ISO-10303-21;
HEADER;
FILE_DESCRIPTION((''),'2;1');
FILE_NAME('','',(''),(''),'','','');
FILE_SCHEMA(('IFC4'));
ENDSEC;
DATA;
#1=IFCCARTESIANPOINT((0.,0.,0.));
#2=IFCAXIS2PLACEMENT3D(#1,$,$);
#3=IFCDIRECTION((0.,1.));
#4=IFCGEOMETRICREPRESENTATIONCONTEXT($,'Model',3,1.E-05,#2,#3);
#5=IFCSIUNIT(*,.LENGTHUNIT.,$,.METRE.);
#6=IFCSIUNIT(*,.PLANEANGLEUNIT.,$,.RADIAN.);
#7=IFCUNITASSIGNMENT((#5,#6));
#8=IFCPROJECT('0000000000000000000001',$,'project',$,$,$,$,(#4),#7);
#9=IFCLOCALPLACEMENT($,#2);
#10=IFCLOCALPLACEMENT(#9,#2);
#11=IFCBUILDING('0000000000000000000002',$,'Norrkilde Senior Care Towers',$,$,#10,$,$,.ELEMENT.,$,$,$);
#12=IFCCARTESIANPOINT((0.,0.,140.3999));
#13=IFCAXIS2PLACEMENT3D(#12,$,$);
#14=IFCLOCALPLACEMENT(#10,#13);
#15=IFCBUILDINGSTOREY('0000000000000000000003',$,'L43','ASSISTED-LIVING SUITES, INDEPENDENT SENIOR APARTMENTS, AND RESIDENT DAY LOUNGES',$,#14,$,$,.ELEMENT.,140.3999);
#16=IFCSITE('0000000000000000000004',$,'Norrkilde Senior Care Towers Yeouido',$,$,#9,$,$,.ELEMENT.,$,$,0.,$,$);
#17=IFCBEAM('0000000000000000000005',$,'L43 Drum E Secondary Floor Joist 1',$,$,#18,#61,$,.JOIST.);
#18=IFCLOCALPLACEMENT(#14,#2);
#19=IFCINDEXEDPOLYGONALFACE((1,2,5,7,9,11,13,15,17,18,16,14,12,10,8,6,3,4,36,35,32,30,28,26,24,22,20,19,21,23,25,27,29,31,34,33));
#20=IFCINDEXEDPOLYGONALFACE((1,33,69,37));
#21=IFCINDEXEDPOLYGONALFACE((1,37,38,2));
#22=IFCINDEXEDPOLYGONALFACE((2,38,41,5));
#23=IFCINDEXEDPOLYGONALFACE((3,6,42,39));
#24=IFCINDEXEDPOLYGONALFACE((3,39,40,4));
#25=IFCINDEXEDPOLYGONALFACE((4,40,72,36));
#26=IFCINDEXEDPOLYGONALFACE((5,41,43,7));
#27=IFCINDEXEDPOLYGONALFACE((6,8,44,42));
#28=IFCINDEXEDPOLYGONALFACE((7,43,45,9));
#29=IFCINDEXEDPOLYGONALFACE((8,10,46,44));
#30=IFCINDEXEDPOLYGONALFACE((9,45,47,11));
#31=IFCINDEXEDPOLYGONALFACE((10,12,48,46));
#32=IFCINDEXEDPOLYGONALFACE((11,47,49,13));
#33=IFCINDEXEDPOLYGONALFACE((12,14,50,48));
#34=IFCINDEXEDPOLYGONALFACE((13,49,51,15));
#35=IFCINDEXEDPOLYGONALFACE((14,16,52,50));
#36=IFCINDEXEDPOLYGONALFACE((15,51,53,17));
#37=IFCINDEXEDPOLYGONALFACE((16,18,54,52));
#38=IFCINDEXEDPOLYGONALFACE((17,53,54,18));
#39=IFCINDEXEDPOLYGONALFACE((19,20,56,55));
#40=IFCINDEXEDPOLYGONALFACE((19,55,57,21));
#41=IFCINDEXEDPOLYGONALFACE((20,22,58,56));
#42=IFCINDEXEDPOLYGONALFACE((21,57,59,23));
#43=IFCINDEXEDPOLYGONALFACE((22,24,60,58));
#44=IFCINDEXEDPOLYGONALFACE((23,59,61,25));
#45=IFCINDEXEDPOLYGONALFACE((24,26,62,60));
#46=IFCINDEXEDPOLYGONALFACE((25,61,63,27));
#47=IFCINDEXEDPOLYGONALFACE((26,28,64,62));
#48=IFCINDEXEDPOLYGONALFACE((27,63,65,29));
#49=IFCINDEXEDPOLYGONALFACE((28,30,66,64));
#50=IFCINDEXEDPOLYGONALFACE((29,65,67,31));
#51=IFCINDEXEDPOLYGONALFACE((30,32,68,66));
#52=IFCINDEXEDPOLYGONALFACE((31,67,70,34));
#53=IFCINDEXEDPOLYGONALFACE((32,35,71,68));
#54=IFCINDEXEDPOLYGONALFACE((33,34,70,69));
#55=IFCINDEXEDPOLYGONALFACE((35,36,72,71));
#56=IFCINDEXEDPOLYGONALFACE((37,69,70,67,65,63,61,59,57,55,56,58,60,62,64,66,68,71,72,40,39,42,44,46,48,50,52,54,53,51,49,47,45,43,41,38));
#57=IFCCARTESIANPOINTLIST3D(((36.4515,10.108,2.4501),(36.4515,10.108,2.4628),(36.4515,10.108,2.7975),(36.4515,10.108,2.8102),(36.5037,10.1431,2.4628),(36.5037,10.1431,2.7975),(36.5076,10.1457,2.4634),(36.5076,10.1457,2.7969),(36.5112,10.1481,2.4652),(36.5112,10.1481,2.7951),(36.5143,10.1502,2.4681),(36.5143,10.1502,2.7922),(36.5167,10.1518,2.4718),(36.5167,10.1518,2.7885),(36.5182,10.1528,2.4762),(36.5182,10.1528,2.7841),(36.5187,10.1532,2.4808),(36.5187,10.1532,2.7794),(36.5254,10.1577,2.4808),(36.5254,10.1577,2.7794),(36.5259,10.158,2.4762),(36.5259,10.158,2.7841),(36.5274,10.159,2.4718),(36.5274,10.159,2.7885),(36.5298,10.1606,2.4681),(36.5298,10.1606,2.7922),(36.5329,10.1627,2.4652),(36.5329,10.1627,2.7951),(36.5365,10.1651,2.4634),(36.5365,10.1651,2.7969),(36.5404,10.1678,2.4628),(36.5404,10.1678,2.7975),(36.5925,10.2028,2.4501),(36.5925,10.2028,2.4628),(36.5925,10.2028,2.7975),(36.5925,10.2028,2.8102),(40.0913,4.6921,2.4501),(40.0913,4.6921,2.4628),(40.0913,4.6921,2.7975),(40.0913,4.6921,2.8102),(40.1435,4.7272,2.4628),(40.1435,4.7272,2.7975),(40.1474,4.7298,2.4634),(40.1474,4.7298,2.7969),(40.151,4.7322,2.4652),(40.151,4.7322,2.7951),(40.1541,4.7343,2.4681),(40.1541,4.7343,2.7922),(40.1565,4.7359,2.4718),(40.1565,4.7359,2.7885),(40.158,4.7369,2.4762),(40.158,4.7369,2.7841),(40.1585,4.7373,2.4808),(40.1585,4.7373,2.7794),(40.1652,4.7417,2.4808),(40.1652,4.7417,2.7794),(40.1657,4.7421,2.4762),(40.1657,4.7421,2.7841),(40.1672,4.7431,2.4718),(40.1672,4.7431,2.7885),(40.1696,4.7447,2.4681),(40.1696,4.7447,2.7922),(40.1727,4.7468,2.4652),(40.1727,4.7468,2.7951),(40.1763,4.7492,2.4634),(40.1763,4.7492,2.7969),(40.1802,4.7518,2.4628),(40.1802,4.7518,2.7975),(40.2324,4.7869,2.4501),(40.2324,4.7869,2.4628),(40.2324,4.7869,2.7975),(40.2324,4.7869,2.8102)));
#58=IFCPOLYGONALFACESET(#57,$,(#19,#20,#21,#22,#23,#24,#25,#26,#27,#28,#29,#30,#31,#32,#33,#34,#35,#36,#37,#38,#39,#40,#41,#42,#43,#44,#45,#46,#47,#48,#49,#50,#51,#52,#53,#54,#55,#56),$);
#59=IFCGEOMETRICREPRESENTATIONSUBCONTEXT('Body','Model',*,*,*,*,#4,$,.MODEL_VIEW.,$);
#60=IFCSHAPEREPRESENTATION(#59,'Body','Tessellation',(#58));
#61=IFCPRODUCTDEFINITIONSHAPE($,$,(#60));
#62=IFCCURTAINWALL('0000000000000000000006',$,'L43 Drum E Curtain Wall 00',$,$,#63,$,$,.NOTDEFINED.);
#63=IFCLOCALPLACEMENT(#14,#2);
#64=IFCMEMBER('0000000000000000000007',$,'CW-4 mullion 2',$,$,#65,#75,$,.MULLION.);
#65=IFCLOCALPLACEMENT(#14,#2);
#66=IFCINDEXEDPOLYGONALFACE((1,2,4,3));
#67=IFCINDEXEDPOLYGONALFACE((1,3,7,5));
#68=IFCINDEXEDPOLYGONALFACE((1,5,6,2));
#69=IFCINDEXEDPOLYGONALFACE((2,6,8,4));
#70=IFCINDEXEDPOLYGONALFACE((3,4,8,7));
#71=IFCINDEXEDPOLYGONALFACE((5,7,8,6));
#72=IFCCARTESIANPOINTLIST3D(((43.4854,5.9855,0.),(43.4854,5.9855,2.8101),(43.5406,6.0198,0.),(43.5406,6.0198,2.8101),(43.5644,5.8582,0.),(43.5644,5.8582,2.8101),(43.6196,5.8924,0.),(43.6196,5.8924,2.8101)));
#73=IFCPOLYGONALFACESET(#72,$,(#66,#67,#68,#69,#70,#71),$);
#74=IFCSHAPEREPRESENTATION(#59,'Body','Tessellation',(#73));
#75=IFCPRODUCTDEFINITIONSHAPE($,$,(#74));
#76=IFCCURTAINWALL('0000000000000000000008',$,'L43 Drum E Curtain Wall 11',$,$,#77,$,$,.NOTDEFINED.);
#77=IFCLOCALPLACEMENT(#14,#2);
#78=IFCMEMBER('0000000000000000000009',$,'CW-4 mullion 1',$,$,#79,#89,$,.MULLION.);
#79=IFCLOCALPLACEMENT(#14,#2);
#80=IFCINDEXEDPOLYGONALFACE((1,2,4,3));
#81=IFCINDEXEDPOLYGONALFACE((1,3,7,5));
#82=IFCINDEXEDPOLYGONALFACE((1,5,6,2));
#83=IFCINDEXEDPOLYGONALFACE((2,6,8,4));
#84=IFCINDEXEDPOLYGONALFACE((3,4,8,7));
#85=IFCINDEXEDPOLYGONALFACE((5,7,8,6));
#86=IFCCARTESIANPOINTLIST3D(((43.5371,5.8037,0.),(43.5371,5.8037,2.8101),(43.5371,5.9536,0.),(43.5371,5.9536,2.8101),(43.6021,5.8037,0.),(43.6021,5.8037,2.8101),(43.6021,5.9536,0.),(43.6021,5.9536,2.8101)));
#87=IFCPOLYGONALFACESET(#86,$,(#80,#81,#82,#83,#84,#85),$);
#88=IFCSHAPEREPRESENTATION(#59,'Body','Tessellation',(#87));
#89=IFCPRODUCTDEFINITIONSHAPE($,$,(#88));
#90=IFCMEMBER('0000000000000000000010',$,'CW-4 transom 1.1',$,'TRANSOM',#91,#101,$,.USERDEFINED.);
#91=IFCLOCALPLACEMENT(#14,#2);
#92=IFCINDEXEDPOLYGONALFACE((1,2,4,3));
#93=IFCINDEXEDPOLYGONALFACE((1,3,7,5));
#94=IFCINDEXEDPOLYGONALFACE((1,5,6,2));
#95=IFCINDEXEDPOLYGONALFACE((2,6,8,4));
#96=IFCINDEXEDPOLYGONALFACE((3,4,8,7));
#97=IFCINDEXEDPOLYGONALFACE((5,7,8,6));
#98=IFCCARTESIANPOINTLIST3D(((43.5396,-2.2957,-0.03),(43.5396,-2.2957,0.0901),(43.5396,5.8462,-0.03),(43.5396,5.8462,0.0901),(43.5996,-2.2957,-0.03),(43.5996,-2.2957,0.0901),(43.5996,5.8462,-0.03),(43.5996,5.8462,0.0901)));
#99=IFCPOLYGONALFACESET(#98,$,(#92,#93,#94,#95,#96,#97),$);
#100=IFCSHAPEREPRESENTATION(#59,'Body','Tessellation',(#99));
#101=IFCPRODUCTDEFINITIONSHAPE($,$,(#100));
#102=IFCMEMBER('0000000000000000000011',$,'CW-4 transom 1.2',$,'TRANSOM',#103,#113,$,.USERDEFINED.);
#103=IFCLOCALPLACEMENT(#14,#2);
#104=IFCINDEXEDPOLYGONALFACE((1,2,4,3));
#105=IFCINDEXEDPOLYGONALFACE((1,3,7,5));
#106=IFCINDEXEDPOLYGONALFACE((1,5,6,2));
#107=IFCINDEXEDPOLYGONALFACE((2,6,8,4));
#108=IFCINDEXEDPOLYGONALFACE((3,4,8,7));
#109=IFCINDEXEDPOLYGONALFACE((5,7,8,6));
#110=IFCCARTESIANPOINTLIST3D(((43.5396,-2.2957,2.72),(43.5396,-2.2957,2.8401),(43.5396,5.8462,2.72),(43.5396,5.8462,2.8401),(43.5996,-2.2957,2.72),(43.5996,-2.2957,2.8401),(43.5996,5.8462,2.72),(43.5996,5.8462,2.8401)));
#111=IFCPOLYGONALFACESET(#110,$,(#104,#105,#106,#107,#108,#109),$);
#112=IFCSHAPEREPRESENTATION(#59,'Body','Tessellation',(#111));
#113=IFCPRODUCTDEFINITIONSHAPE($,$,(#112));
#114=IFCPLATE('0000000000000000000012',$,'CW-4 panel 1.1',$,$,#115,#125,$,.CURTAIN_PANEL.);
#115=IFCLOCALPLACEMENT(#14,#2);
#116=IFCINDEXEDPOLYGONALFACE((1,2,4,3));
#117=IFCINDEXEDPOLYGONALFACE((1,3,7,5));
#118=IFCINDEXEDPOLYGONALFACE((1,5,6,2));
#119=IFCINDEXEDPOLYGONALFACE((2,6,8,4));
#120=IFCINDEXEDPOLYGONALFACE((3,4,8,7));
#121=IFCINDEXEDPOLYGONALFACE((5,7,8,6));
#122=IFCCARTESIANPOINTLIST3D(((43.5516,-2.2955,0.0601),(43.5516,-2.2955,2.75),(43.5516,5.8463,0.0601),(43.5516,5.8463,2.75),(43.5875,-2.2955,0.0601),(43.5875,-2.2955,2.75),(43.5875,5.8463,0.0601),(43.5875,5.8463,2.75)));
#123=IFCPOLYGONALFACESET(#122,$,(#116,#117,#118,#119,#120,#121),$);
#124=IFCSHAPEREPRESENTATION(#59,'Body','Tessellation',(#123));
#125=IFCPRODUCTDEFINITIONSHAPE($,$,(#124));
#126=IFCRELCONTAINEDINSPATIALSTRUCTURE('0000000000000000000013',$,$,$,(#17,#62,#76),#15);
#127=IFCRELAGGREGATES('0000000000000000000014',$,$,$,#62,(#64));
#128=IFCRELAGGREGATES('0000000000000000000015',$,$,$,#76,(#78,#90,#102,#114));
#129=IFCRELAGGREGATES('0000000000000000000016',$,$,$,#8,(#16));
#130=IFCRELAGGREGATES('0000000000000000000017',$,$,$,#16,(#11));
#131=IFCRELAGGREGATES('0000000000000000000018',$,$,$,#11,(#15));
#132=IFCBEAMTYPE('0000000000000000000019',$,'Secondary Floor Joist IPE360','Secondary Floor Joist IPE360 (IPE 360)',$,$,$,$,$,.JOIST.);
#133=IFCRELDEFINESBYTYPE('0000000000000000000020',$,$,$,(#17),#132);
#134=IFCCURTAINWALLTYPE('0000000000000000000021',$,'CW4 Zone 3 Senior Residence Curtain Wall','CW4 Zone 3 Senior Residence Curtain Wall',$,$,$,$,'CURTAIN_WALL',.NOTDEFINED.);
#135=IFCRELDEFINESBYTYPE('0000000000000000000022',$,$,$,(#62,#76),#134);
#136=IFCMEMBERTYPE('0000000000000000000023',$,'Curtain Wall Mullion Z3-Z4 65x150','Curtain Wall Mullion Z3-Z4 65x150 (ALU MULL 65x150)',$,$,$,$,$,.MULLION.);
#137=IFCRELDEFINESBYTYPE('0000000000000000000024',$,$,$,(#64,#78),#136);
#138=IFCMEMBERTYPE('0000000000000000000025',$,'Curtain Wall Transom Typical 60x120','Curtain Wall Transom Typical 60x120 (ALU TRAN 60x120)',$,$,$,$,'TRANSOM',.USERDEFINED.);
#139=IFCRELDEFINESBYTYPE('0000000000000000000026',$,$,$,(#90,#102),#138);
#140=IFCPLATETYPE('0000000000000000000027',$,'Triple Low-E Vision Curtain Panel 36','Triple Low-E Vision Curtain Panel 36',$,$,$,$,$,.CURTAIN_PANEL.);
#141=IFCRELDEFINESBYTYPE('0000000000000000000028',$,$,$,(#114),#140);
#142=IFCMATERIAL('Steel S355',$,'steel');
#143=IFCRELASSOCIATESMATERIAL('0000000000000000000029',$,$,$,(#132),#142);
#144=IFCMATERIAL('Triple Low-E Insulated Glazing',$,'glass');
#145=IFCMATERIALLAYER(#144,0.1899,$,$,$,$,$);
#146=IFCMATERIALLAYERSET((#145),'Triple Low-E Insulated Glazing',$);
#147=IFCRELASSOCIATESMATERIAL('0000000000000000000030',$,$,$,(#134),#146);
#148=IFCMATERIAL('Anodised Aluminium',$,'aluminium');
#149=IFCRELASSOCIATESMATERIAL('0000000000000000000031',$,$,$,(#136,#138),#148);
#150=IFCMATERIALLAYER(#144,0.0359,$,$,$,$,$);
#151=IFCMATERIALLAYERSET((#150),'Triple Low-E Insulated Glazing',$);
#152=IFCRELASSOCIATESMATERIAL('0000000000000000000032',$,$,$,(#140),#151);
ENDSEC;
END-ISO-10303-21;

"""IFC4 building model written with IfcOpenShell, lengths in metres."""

from ifc_helpers import new_model, si_unit, direction, frame, origin, origin_2d, place, context, subcontext, project, spatial, rectangle, i_section, extrude, source, transform, mapped, material, layer, layer_set, material_profile, profile_set, type_object, type_shapes, element, aggregate, save


model = new_model("IFC4")

# Units and contexts
model_context = context("Model", 3, precision=1e-05, world=origin(), true_north=direction((0.0, 1.0)))
body_context = subcontext(model_context, "Body", "Model", "MODEL_VIEW")
ifc_project = project(units=[si_unit("LENGTHUNIT", "METRE"), si_unit("PLANEANGLEUNIT", "RADIAN")], contexts=[model_context])

# Site, building, storey
site_placement = place(None, origin())
site = spatial("IfcSite", under=ifc_project, at=site_placement, Name="Norrkilde Senior Care Towers Yeouido", CompositionType="ELEMENT", RefElevation=0.0)
building_placement = place(site_placement, origin())
building = spatial("IfcBuilding", under=site, at=building_placement, Name="Norrkilde Senior Care Towers", CompositionType="ELEMENT")
storey_placement = place(building_placement, frame((0.0, 0.0, 140.3999)))
storey = spatial("IfcBuildingStorey", under=building, at=storey_placement, Name="L43", Description="ASSISTED-LIVING SUITES, INDEPENDENT SENIOR APARTMENTS, AND RESIDENT DAY LOUNGES", CompositionType="ELEMENT", Elevation=140.3999)

# Beam
ifc_material_1 = material(Name="Steel S355", Category="steel")
ifc_material_profile_1 = material_profile(ifc_material_1, i_section(OverallWidth=0.1699, OverallDepth=0.3601, WebThickness=0.0081, FlangeThickness=0.0127, FilletRadius=0.0181, at=origin_2d()), Name="IPE 360")
ifc_profile_set_1 = profile_set([ifc_material_profile_1], Name="Steel S355")
beam_type_1 = type_object("IfcBeamType", Name="Secondary Floor Joist IPE360", Description="Secondary Floor Joist IPE360 (IPE 360)", PredefinedType="JOIST", material=ifc_profile_set_1)
shared_shape_1 = source(origin(), body_context, "Body", "SweptSolid", [
    extrude(i_section(OverallWidth=0.1699, OverallDepth=0.3601, WebThickness=0.0081, FlangeThickness=0.0127, FilletRadius=0.0181, at=origin_2d()), origin(), (0.0, 0.0, 1.0), 6.5254),
])
type_shapes(beam_type_1, [shared_shape_1])
beam_1_placement = place(storey_placement, frame((40.1619, 4.7395, 2.6301), z_axis=(-0.557796, 0.829978, 0.0), x_axis=(-0.829978, -0.557796, 0.0)))
element("IfcBeam", 1, at=beam_1_placement, inside=storey, type_object=beam_type_1, Name="L43 Drum E Secondary Floor Joist 1", PredefinedType="JOIST", context=body_context, shape_type="MappedRepresentation", body=[
    mapped(shared_shape_1, transform((0.0, 0.0, 0.0), x_axis=(1.0, 0.0, 0.0), y_axis=(0.0, 1.0, 0.0), z_axis=(0.0, 0.0, 1.0), scale=1.0)),
])

# Curtain wall, member
ifc_material_2 = material(Name="Triple Low-E Insulated Glazing", Category="glass")
ifc_layer_1 = layer(ifc_material_2, 0.1899)
ifc_layer_set_1 = layer_set([ifc_layer_1], Name="Triple Low-E Insulated Glazing")
curtain_wall_type = type_object("IfcCurtainWallType", Name="CW4 Zone 3 Senior Residence Curtain Wall", Description="CW4 Zone 3 Senior Residence Curtain Wall", ElementType="CURTAIN_WALL", PredefinedType="NOTDEFINED", material=ifc_layer_set_1)
curtain_wall_1_placement = place(storey_placement, origin())
curtain_wall_1 = element("IfcCurtainWall", 2, at=curtain_wall_1_placement, inside=storey, type_object=curtain_wall_type, Name="L43 Drum E Curtain Wall 00", PredefinedType="NOTDEFINED")
ifc_material_3 = material(Name="Anodised Aluminium", Category="aluminium")
ifc_material_profile_2 = material_profile(ifc_material_3, rectangle(XDim=0.0649, YDim=0.1499, at=origin_2d()), Name="ALU MULL 65x150")
ifc_profile_set_2 = profile_set([ifc_material_profile_2], Name="Anodised Aluminium")
member_type_1 = type_object("IfcMemberType", Name="Curtain Wall Mullion Z3-Z4 65x150", Description="Curtain Wall Mullion Z3-Z4 65x150 (ALU MULL 65x150)", PredefinedType="MULLION", material=ifc_profile_set_2)
shared_shape_2 = source(origin(), body_context, "Body", "SweptSolid", [
    extrude(rectangle(XDim=0.0649, YDim=0.1499, at=origin_2d()), origin(), (0.0, 0.0, 1.0), 2.8101),
])
type_shapes(member_type_1, [shared_shape_2])
member_1_placement = place(storey_placement, frame((43.5525, 5.939, 0.0), z_axis=(0.0, 0.0, 1.0), x_axis=(0.849634, 0.527373, 0.0)))
member_1 = element("IfcMember", 3, at=member_1_placement, type_object=member_type_1, Name="CW-4 mullion 2", PredefinedType="MULLION", context=body_context, shape_type="MappedRepresentation", body=[
    mapped(shared_shape_2, transform((0.0, 0.0, 0.0), x_axis=(1.0, 0.0, 0.0), y_axis=(0.0, 1.0, 0.0), z_axis=(0.0, 0.0, 1.0), scale=1.0)),
])
aggregate(curtain_wall_1, [member_1])

# Curtain wall, members, plate
curtain_wall_2_placement = place(storey_placement, origin())
curtain_wall_2 = element("IfcCurtainWall", 4, at=curtain_wall_2_placement, inside=storey, type_object=curtain_wall_type, Name="L43 Drum E Curtain Wall 11", PredefinedType="NOTDEFINED")
member_2_placement = place(storey_placement, frame((43.5696, 5.8787, 0.0), z_axis=(0.0, 0.0, 1.0), x_axis=(1.0, 0.0, 0.0)))
member_2 = element("IfcMember", 5, at=member_2_placement, type_object=member_type_1, Name="CW-4 mullion 1", PredefinedType="MULLION", context=body_context, shape_type="MappedRepresentation", body=[
    mapped(shared_shape_2, transform((0.0, 0.0, 0.0), x_axis=(1.0, 0.0, 0.0), y_axis=(0.0, 1.0, 0.0), z_axis=(0.0, 0.0, 1.0), scale=1.0)),
])
ifc_material_profile_3 = material_profile(ifc_material_3, rectangle(XDim=0.0601, YDim=0.1201, at=origin_2d()), Name="ALU TRAN 60x120")
ifc_profile_set_3 = profile_set([ifc_material_profile_3], Name="Anodised Aluminium")
member_type_2 = type_object("IfcMemberType", Name="Curtain Wall Transom Typical 60x120", Description="Curtain Wall Transom Typical 60x120 (ALU TRAN 60x120)", ElementType="TRANSOM", PredefinedType="USERDEFINED", material=ifc_profile_set_3)
shared_shape_3 = source(origin(), body_context, "Body", "SweptSolid", [
    extrude(rectangle(XDim=0.0601, YDim=0.1201, at=origin_2d()), origin(), (0.0, 0.0, 1.0), 8.1418),
])
type_shapes(member_type_2, [shared_shape_3])
member_3_placement = place(storey_placement, frame((43.5696, 5.8462, 0.03), z_axis=(0.0, -1.0, 0.0), x_axis=(1.0, 0.0, 0.0)))
member_3 = element("IfcMember", 6, at=member_3_placement, type_object=member_type_2, Name="CW-4 transom 1.1", ObjectType="TRANSOM", PredefinedType="USERDEFINED", context=body_context, shape_type="MappedRepresentation", body=[
    mapped(shared_shape_3, transform((0.0, 0.0, 0.0), x_axis=(1.0, 0.0, 0.0), y_axis=(0.0, 1.0, 0.0), z_axis=(0.0, 0.0, 1.0), scale=1.0)),
])
member_4_placement = place(storey_placement, frame((43.5696, 5.8462, 2.78), z_axis=(0.0, -1.0, 0.0), x_axis=(1.0, 0.0, 0.0)))
member_4 = element("IfcMember", 7, at=member_4_placement, type_object=member_type_2, Name="CW-4 transom 1.2", ObjectType="TRANSOM", PredefinedType="USERDEFINED", context=body_context, shape_type="MappedRepresentation", body=[
    mapped(shared_shape_3, transform((0.0, 0.0, 0.0), x_axis=(1.0, 0.0, 0.0), y_axis=(0.0, 1.0, 0.0), z_axis=(0.0, 0.0, 1.0), scale=1.0)),
])
ifc_layer_2 = layer(ifc_material_2, 0.0359)
ifc_layer_set_2 = layer_set([ifc_layer_2], Name="Triple Low-E Insulated Glazing")
plate_type = type_object("IfcPlateType", Name="Triple Low-E Vision Curtain Panel 36", Description="Triple Low-E Vision Curtain Panel 36", PredefinedType="CURTAIN_PANEL", material=ifc_layer_set_2)
shared_shape_4 = source(origin(), body_context, "Body", "SweptSolid", [
    extrude(rectangle(XDim=8.1418, YDim=0.0359, at=origin_2d()), origin(), (0.0, 0.0, 1.0), 2.6899),
])
type_shapes(plate_type, [shared_shape_4])
plate_placement = place(storey_placement, frame((43.5696, 1.7754, 0.0601), z_axis=(0.0, 0.0, 1.0), x_axis=(0.0, -1.0, 0.0)))
plate = element("IfcPlate", 8, at=plate_placement, type_object=plate_type, Name="CW-4 panel 1.1", PredefinedType="CURTAIN_PANEL", context=body_context, shape_type="MappedRepresentation", body=[
    mapped(shared_shape_4, transform((0.0, 0.0, 0.0), x_axis=(1.0, 0.0, 0.0), y_axis=(0.0, 1.0, 0.0), z_axis=(0.0, 0.0, 1.0), scale=1.0)),
])
aggregate(curtain_wall_2, [member_2, member_3, member_4, plate])

save(model, "model.ifc")
